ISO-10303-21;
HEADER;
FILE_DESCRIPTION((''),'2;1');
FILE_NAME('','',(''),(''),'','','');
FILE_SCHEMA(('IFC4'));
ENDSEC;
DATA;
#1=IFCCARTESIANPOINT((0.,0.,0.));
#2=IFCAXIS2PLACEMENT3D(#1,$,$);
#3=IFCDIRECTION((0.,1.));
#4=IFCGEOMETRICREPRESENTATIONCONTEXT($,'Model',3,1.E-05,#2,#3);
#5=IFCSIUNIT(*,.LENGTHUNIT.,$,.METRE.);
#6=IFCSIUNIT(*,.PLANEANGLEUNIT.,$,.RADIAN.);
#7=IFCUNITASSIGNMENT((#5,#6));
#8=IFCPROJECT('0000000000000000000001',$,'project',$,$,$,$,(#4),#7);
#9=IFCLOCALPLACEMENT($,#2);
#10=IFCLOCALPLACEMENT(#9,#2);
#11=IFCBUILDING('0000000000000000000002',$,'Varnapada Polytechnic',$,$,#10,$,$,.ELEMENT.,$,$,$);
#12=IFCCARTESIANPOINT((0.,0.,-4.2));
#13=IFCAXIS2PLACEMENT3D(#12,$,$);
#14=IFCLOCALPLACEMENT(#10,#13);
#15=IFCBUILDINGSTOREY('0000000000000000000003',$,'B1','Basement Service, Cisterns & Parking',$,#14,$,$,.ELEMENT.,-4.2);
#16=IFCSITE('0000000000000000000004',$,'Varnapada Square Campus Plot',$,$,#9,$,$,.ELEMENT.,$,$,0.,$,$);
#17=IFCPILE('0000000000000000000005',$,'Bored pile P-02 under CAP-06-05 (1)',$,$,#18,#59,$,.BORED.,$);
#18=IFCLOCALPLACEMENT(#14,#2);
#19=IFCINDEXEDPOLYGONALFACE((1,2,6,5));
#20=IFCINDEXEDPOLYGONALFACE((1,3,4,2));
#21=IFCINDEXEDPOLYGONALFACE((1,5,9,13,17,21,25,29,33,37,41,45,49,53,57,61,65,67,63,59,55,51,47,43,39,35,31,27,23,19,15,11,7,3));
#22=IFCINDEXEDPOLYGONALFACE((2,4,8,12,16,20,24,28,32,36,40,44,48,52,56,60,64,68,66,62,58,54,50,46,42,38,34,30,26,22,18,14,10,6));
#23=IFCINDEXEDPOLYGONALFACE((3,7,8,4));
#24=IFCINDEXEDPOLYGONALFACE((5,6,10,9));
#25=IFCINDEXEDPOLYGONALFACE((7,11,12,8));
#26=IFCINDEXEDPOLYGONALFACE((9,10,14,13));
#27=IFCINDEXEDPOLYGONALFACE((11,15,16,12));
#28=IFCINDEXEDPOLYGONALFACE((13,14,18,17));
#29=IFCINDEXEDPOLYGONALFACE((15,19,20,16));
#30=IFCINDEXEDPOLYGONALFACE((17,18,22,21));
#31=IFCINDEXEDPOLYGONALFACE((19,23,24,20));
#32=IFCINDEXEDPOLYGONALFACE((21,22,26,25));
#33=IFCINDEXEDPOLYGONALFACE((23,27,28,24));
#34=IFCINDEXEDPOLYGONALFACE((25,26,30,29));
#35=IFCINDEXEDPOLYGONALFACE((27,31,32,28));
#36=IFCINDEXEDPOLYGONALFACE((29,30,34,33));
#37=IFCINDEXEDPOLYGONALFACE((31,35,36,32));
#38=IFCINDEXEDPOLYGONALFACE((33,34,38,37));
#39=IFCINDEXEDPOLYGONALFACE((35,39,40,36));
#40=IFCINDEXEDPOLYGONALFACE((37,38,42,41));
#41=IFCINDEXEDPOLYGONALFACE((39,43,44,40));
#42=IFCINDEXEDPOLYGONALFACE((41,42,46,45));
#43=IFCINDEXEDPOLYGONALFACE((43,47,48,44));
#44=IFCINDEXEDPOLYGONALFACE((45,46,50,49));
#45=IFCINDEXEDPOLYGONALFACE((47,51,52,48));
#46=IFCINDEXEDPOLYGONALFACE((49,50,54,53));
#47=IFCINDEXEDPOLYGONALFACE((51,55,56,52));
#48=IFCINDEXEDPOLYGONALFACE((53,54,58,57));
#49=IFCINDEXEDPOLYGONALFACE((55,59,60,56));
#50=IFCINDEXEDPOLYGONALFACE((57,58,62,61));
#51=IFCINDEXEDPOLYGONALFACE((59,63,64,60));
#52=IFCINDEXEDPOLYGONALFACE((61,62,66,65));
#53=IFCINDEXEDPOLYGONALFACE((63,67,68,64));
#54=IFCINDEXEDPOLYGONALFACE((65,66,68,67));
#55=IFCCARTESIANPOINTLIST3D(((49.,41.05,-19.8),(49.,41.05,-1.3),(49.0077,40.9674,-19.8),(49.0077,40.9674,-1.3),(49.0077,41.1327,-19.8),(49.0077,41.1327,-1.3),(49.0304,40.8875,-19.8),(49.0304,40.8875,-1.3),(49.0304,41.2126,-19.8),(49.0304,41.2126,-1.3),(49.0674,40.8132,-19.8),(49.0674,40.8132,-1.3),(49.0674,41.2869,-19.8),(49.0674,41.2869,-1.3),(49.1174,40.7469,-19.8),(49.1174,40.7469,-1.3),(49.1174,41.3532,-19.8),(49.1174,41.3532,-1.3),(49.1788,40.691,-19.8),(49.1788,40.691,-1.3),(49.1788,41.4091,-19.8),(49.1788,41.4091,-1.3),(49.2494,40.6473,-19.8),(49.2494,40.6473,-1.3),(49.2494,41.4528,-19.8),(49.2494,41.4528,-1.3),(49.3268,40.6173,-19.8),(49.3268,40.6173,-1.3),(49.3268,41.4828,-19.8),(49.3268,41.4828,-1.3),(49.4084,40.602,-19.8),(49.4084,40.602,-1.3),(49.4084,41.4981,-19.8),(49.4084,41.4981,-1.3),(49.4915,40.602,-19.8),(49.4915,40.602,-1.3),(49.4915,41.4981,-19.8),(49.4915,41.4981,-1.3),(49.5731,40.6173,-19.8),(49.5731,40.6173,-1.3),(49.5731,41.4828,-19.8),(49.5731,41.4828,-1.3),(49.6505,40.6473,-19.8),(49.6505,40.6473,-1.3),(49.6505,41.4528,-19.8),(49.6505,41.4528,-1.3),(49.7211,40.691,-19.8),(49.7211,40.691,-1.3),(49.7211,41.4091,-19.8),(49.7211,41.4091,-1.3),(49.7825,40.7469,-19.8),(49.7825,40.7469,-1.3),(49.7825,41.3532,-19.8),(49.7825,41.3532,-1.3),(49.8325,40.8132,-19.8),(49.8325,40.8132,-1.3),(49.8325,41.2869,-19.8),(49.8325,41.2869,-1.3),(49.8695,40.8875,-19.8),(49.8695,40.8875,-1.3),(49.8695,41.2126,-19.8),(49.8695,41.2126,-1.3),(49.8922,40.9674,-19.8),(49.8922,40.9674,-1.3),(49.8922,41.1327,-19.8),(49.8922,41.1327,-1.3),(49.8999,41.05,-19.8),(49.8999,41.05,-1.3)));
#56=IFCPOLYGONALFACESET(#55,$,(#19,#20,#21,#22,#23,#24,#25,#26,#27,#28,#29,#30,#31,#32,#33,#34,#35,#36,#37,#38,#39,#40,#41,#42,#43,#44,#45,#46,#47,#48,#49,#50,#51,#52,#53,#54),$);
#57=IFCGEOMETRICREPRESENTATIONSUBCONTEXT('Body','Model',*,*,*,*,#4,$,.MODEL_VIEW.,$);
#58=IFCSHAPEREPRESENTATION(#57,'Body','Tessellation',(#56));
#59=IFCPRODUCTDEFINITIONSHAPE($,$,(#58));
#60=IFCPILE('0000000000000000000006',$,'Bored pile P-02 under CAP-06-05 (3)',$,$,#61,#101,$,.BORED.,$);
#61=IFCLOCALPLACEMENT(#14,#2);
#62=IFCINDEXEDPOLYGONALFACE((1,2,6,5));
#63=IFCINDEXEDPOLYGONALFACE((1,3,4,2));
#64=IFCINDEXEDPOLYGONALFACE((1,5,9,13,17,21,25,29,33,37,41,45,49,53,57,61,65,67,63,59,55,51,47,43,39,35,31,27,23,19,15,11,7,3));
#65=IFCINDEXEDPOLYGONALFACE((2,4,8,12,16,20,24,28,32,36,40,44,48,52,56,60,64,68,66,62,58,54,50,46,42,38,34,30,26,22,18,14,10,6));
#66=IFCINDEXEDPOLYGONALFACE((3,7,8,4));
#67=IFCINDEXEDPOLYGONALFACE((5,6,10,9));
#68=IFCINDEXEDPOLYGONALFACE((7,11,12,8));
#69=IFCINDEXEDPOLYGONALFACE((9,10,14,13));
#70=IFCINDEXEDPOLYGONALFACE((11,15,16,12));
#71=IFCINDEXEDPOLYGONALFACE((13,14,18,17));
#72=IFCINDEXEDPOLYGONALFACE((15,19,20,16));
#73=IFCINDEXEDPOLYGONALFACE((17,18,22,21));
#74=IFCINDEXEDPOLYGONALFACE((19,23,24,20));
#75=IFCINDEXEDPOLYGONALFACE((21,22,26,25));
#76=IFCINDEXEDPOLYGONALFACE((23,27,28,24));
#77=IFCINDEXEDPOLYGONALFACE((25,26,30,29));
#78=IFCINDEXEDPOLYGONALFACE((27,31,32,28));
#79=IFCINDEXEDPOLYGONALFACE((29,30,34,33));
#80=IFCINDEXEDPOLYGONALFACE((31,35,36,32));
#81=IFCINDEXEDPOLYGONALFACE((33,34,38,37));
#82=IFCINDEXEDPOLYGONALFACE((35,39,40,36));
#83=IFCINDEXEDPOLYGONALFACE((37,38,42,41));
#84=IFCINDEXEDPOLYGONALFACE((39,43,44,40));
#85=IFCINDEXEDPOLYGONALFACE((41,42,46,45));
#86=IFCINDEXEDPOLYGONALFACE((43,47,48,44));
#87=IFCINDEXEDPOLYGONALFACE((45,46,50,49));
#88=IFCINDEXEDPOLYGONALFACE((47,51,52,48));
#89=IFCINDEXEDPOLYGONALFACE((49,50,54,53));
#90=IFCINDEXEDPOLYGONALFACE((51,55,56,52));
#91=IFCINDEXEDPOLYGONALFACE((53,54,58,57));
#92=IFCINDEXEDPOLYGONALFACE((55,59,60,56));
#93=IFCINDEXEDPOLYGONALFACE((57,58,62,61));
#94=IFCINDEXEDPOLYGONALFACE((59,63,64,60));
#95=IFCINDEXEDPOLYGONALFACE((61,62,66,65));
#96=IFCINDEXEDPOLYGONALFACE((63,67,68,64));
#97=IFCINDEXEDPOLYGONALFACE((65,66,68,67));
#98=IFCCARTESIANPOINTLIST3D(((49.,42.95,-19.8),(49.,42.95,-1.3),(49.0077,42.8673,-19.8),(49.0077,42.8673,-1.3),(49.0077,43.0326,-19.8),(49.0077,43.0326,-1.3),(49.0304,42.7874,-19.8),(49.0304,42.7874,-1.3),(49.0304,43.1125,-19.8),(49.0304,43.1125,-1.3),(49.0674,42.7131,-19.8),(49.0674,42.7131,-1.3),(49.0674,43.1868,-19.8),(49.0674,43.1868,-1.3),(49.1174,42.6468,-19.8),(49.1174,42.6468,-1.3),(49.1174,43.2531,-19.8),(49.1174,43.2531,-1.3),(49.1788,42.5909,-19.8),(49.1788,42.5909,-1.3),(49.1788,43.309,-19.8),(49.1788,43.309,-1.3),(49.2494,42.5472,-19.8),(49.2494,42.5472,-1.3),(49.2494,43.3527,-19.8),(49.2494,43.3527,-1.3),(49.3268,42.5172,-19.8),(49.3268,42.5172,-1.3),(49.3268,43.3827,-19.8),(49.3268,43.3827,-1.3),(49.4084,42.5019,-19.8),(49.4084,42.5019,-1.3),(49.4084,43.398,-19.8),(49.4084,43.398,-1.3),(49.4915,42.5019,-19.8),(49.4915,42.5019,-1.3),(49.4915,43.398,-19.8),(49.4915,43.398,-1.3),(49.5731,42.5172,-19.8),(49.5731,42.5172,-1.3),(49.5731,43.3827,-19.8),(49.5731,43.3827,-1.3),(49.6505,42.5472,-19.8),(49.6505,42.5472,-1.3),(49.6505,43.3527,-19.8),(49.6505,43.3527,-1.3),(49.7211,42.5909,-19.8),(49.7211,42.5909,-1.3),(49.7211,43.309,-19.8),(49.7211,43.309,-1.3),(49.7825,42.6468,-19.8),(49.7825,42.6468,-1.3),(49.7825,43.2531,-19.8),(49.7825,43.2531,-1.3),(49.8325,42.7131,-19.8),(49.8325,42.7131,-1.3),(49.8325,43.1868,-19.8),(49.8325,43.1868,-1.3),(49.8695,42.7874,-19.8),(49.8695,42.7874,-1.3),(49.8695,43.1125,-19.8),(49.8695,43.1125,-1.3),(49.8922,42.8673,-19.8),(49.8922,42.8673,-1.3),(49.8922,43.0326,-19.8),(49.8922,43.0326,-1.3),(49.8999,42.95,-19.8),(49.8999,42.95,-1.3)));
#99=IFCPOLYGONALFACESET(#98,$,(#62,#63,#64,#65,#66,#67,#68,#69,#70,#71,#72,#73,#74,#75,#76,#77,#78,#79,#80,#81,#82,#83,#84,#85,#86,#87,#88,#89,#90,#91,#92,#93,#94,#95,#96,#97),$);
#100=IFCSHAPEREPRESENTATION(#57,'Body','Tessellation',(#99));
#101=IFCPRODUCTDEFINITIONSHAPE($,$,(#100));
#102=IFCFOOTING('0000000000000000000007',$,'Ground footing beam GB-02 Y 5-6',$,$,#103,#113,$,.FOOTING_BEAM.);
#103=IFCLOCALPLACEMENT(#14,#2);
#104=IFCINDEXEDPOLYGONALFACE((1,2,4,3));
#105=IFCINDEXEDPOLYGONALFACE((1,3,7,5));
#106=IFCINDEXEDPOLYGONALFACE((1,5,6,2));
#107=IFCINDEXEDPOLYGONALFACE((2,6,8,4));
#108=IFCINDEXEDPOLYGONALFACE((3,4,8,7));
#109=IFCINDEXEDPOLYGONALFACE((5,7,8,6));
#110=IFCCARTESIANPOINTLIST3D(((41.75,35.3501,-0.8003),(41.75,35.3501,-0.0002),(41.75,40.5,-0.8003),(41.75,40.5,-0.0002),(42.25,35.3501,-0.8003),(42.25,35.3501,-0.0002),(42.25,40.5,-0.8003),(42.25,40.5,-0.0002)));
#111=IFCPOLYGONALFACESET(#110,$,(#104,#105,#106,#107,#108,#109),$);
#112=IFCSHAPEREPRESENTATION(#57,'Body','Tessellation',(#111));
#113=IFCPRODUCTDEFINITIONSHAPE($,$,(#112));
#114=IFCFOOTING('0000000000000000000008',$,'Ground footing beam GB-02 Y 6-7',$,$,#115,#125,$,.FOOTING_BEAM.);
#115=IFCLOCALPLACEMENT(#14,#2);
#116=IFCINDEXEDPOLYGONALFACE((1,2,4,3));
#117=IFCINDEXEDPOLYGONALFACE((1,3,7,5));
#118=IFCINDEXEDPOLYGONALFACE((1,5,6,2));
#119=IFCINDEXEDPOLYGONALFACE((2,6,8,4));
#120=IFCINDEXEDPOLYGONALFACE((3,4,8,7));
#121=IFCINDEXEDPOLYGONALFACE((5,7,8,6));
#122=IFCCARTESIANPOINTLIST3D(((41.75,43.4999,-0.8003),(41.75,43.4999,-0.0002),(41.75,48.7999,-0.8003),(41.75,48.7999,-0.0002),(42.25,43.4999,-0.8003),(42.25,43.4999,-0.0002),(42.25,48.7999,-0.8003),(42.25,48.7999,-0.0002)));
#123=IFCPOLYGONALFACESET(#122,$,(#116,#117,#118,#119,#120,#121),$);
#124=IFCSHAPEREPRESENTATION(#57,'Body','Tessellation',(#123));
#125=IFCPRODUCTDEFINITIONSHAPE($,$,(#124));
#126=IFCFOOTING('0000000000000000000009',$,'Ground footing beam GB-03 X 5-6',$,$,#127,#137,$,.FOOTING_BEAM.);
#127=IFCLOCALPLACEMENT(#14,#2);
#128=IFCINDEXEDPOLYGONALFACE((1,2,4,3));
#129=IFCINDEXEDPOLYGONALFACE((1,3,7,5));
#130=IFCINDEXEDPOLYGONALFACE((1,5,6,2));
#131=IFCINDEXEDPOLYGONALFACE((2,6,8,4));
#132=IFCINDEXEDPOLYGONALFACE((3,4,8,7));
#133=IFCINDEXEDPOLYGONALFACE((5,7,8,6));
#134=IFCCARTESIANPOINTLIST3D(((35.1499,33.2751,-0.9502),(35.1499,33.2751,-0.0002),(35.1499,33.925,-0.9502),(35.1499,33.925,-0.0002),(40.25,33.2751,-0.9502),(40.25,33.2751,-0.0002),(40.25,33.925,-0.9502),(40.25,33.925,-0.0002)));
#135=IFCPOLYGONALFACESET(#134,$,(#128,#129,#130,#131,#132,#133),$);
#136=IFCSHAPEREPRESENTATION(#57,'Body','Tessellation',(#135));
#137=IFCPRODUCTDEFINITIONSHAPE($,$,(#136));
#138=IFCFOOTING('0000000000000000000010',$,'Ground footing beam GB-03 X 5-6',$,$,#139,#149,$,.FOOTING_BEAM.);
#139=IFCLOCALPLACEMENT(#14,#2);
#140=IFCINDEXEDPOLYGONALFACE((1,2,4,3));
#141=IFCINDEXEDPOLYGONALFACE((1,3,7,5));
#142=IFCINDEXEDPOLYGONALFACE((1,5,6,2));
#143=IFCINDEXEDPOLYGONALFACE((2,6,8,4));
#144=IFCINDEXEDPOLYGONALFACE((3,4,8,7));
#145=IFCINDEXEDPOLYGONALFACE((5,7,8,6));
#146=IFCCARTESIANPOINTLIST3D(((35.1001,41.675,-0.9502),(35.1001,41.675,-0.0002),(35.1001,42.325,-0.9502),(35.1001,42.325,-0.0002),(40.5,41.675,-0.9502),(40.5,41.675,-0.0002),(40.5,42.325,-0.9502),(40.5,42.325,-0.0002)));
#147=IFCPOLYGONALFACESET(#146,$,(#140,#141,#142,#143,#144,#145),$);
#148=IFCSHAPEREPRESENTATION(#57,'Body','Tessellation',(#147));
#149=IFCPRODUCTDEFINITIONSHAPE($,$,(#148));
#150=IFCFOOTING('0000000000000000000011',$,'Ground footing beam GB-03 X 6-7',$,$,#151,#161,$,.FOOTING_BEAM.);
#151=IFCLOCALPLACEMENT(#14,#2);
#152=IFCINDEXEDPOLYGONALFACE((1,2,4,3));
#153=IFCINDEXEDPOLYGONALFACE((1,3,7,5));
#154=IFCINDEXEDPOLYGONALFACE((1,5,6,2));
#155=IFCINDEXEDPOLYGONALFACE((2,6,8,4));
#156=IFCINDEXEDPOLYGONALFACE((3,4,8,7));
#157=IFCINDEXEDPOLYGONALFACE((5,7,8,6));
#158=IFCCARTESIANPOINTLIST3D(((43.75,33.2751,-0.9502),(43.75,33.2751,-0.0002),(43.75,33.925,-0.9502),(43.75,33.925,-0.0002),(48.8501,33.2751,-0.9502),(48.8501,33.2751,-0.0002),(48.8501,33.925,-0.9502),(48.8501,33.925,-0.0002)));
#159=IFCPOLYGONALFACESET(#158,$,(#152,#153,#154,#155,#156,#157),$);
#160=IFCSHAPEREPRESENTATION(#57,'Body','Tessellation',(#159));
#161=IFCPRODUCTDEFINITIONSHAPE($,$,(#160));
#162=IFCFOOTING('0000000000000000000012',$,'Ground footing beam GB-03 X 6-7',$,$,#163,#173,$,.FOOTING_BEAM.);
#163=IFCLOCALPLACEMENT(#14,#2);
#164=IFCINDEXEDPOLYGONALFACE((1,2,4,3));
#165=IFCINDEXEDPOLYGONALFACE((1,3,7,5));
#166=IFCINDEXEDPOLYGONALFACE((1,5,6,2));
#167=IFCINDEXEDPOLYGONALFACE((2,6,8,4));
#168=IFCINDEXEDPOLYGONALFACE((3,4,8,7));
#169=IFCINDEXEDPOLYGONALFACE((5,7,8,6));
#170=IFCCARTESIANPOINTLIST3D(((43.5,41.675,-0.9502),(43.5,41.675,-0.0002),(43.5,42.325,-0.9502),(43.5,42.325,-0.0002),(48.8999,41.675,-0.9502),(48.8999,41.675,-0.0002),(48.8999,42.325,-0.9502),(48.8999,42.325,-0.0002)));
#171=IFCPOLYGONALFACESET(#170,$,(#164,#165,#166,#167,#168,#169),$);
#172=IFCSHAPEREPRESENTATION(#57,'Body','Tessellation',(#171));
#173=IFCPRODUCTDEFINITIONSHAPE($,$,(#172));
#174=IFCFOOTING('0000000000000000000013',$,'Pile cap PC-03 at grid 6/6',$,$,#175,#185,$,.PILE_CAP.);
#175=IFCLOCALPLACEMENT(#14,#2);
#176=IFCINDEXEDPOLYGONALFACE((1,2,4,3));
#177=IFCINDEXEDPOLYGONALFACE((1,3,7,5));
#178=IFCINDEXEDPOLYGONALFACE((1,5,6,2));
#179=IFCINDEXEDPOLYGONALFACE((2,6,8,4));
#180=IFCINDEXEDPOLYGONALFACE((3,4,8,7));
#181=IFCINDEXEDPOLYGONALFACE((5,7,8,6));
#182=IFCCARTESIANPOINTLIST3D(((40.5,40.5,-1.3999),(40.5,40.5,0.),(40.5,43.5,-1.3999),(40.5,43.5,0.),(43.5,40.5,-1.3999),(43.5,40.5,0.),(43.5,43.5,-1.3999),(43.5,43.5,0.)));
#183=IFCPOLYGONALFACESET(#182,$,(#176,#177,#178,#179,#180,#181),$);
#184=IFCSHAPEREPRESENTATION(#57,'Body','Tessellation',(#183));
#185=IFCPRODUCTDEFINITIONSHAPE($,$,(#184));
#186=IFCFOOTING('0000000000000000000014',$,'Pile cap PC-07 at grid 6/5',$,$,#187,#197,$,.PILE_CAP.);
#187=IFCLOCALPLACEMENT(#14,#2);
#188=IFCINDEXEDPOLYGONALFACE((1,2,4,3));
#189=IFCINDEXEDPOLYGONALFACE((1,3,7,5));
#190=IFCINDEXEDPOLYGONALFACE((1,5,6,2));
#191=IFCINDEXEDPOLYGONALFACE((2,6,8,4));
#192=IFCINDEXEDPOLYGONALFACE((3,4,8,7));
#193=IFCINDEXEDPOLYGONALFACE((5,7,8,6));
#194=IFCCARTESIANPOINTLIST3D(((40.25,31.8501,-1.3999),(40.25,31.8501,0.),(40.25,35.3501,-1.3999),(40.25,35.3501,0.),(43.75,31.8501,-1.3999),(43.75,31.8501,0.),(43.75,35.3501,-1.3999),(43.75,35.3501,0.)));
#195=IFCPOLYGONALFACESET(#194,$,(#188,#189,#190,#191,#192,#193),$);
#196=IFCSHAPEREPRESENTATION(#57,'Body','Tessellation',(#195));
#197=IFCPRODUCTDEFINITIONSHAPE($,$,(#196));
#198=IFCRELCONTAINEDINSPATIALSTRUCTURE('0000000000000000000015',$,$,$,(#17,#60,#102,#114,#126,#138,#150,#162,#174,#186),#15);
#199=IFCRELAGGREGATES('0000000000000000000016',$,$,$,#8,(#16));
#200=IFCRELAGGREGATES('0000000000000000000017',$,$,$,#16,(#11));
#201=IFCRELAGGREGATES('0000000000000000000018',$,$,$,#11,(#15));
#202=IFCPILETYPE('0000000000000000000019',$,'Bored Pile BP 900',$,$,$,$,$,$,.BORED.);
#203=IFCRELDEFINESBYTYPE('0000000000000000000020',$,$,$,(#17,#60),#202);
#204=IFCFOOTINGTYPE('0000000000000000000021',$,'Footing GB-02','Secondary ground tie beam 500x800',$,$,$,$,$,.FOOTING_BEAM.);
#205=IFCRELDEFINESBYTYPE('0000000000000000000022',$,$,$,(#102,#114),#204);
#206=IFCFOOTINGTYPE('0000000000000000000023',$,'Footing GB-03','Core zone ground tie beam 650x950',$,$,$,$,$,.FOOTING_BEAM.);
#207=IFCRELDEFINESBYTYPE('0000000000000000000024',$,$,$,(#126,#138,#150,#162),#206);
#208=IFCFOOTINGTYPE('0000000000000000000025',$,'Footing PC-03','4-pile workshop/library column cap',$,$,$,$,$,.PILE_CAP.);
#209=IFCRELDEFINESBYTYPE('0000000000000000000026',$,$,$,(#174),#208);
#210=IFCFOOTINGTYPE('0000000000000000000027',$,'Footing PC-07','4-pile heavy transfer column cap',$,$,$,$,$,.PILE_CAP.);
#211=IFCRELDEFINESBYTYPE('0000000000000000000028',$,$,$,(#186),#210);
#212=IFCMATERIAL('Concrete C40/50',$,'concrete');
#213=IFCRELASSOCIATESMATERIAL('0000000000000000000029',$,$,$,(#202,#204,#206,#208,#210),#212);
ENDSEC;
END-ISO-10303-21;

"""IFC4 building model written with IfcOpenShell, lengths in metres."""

from ifc_helpers import new_model, si_unit, direction, frame, origin, origin_2d, place, context, subcontext, project, spatial, rectangle, circle, extrude, material, material_profile, profile_set, type_object, element, save


model = new_model("IFC4")

# Units and contexts
model_context = context("Model", 3, precision=1e-05, world=origin(), true_north=direction((0.0, 1.0)))
body_context = subcontext(model_context, "Body", "Model", "MODEL_VIEW")
ifc_project = project(units=[si_unit("LENGTHUNIT", "METRE"), si_unit("PLANEANGLEUNIT", "RADIAN")], contexts=[model_context])

# Site, building, storey
site_placement = place(None, origin())
site = spatial("IfcSite", under=ifc_project, at=site_placement, Name="Varnapada Square Campus Plot", CompositionType="ELEMENT", RefElevation=0.0)
building_placement = place(site_placement, origin())
building = spatial("IfcBuilding", under=site, at=building_placement, Name="Varnapada Polytechnic", CompositionType="ELEMENT")
storey_placement = place(building_placement, frame((0.0, 0.0, -4.2)))
storey = spatial("IfcBuildingStorey", under=building, at=storey_placement, Name="B1", Description="Basement Service, Cisterns & Parking", CompositionType="ELEMENT", Elevation=-4.2)

# Piles
ifc_material_1 = material(Name="Concrete C40/50", Category="concrete")
ifc_material_profile_1 = material_profile(ifc_material_1, circle(Radius=0.45, at=origin_2d()), Name="BP 900")
ifc_profile_set_1 = profile_set([ifc_material_profile_1], Name="Concrete C40/50")
pile_type_1 = type_object("IfcPileType", Name="Bored Pile BP 900", PredefinedType="BORED", material=ifc_profile_set_1)
for number, where, z_axis, x_axis, name in (
    (1, (49.45, 41.05, -1.3), (0.0, 0.0, -1.0), (1.0, 0.0, 0.0), "Bored pile P-02 under CAP-06-05 (1)"),
    (2, (49.45, 42.95, -1.3), (0.0, 0.0, -1.0), (1.0, 0.0, 0.0), "Bored pile P-02 under CAP-06-05 (3)"),
):
    element("IfcPile", number, at=place(storey_placement, frame(where, z_axis=z_axis, x_axis=x_axis)), inside=storey, type_object=pile_type_1, Name=name, PredefinedType="BORED", context=body_context, shape_type="SweptSolid", body=[
        extrude(circle(Radius=0.45, at=origin_2d()), origin(), (0.0, 0.0, 1.0), 18.5),
    ])

# Footings
footing_type_1 = type_object("IfcFootingType", Name="Footing GB-02", Description="Secondary ground tie beam 500x800", PredefinedType="FOOTING_BEAM", material=ifc_material_1)
footing_1_placement = place(storey_placement, frame((42.0, 37.925, -0.8003), z_axis=(0.0, 0.0, 1.0), x_axis=(0.0, 1.0, 0.0)))
element("IfcFooting", 3, at=footing_1_placement, inside=storey, type_object=footing_type_1, Name="Ground footing beam GB-02 Y 5-6", PredefinedType="FOOTING_BEAM", context=body_context, shape_type="SweptSolid", body=[
    extrude(rectangle(XDim=5.1499, YDim=0.5, at=origin_2d()), origin(), (0.0, 0.0, 1.0), 0.8),
])
footing_2_placement = place(storey_placement, frame((42.0, 46.1499, -0.8003), z_axis=(0.0, 0.0, 1.0), x_axis=(0.0, 1.0, 0.0)))
element("IfcFooting", 4, at=footing_2_placement, inside=storey, type_object=footing_type_1, Name="Ground footing beam GB-02 Y 6-7", PredefinedType="FOOTING_BEAM", context=body_context, shape_type="SweptSolid", body=[
    extrude(rectangle(XDim=5.3, YDim=0.5, at=origin_2d()), origin(), (0.0, 0.0, 1.0), 0.8),
])
footing_type_2 = type_object("IfcFootingType", Name="Footing GB-03", Description="Core zone ground tie beam 650x950", PredefinedType="FOOTING_BEAM", material=ifc_material_1)
footing_3_placement = place(storey_placement, frame((37.7, 33.6001, -0.9502), z_axis=(0.0, 0.0, 1.0), x_axis=(1.0, 0.0, 0.0)))
element("IfcFooting", 5, at=footing_3_placement, inside=storey, type_object=footing_type_2, Name="Ground footing beam GB-03 X 5-6", PredefinedType="FOOTING_BEAM", context=body_context, shape_type="SweptSolid", body=[
    extrude(rectangle(XDim=5.1001, YDim=0.6499, at=origin_2d()), origin(), (0.0, 0.0, 1.0), 0.95),
])
footing_4_placement = place(storey_placement, frame((37.8, 42.0, -0.9502), z_axis=(0.0, 0.0, 1.0), x_axis=(1.0, 0.0, 0.0)))
element("IfcFooting", 6, at=footing_4_placement, inside=storey, type_object=footing_type_2, Name="Ground footing beam GB-03 X 5-6", PredefinedType="FOOTING_BEAM", context=body_context, shape_type="SweptSolid", body=[
    extrude(rectangle(XDim=5.3999, YDim=0.6499, at=origin_2d()), origin(), (0.0, 0.0, 1.0), 0.95),
])
footing_5_placement = place(storey_placement, frame((46.3, 33.6001, -0.9502), z_axis=(0.0, 0.0, 1.0), x_axis=(1.0, 0.0, 0.0)))
element("IfcFooting", 7, at=footing_5_placement, inside=storey, type_object=footing_type_2, Name="Ground footing beam GB-03 X 6-7", PredefinedType="FOOTING_BEAM", context=body_context, shape_type="SweptSolid", body=[
    extrude(rectangle(XDim=5.1001, YDim=0.6499, at=origin_2d()), origin(), (0.0, 0.0, 1.0), 0.95),
])
footing_6_placement = place(storey_placement, frame((46.2, 42.0, -0.9502), z_axis=(0.0, 0.0, 1.0), x_axis=(1.0, 0.0, 0.0)))
element("IfcFooting", 8, at=footing_6_placement, inside=storey, type_object=footing_type_2, Name="Ground footing beam GB-03 X 6-7", PredefinedType="FOOTING_BEAM", context=body_context, shape_type="SweptSolid", body=[
    extrude(rectangle(XDim=5.3999, YDim=0.6499, at=origin_2d()), origin(), (0.0, 0.0, 1.0), 0.95),
])
footing_type_3 = type_object("IfcFootingType", Name="Footing PC-03", Description="4-pile workshop/library column cap", PredefinedType="PILE_CAP", material=ifc_material_1)
footing_7_placement = place(storey_placement, frame((42.0, 42.0, -1.3999), z_axis=(0.0, 0.0, 1.0), x_axis=(1.0, 0.0, 0.0)))
element("IfcFooting", 9, at=footing_7_placement, inside=storey, type_object=footing_type_3, Name="Pile cap PC-03 at grid 6/6", PredefinedType="PILE_CAP", context=body_context, shape_type="SweptSolid", body=[
    extrude(rectangle(XDim=3.0, YDim=3.0, at=origin_2d()), origin(), (0.0, 0.0, 1.0), 1.3999),
])
footing_type_4 = type_object("IfcFootingType", Name="Footing PC-07", Description="4-pile heavy transfer column cap", PredefinedType="PILE_CAP", material=ifc_material_1)
footing_8_placement = place(storey_placement, frame((42.0, 33.6001, -1.3999), z_axis=(0.0, 0.0, 1.0), x_axis=(1.0, 0.0, 0.0)))
element("IfcFooting", 10, at=footing_8_placement, inside=storey, type_object=footing_type_4, Name="Pile cap PC-07 at grid 6/5", PredefinedType="PILE_CAP", context=body_context, shape_type="SweptSolid", body=[
    extrude(rectangle(XDim=3.5, YDim=3.5, at=origin_2d()), origin(), (0.0, 0.0, 1.0), 1.3999),
])

save(model, "model.ifc")
